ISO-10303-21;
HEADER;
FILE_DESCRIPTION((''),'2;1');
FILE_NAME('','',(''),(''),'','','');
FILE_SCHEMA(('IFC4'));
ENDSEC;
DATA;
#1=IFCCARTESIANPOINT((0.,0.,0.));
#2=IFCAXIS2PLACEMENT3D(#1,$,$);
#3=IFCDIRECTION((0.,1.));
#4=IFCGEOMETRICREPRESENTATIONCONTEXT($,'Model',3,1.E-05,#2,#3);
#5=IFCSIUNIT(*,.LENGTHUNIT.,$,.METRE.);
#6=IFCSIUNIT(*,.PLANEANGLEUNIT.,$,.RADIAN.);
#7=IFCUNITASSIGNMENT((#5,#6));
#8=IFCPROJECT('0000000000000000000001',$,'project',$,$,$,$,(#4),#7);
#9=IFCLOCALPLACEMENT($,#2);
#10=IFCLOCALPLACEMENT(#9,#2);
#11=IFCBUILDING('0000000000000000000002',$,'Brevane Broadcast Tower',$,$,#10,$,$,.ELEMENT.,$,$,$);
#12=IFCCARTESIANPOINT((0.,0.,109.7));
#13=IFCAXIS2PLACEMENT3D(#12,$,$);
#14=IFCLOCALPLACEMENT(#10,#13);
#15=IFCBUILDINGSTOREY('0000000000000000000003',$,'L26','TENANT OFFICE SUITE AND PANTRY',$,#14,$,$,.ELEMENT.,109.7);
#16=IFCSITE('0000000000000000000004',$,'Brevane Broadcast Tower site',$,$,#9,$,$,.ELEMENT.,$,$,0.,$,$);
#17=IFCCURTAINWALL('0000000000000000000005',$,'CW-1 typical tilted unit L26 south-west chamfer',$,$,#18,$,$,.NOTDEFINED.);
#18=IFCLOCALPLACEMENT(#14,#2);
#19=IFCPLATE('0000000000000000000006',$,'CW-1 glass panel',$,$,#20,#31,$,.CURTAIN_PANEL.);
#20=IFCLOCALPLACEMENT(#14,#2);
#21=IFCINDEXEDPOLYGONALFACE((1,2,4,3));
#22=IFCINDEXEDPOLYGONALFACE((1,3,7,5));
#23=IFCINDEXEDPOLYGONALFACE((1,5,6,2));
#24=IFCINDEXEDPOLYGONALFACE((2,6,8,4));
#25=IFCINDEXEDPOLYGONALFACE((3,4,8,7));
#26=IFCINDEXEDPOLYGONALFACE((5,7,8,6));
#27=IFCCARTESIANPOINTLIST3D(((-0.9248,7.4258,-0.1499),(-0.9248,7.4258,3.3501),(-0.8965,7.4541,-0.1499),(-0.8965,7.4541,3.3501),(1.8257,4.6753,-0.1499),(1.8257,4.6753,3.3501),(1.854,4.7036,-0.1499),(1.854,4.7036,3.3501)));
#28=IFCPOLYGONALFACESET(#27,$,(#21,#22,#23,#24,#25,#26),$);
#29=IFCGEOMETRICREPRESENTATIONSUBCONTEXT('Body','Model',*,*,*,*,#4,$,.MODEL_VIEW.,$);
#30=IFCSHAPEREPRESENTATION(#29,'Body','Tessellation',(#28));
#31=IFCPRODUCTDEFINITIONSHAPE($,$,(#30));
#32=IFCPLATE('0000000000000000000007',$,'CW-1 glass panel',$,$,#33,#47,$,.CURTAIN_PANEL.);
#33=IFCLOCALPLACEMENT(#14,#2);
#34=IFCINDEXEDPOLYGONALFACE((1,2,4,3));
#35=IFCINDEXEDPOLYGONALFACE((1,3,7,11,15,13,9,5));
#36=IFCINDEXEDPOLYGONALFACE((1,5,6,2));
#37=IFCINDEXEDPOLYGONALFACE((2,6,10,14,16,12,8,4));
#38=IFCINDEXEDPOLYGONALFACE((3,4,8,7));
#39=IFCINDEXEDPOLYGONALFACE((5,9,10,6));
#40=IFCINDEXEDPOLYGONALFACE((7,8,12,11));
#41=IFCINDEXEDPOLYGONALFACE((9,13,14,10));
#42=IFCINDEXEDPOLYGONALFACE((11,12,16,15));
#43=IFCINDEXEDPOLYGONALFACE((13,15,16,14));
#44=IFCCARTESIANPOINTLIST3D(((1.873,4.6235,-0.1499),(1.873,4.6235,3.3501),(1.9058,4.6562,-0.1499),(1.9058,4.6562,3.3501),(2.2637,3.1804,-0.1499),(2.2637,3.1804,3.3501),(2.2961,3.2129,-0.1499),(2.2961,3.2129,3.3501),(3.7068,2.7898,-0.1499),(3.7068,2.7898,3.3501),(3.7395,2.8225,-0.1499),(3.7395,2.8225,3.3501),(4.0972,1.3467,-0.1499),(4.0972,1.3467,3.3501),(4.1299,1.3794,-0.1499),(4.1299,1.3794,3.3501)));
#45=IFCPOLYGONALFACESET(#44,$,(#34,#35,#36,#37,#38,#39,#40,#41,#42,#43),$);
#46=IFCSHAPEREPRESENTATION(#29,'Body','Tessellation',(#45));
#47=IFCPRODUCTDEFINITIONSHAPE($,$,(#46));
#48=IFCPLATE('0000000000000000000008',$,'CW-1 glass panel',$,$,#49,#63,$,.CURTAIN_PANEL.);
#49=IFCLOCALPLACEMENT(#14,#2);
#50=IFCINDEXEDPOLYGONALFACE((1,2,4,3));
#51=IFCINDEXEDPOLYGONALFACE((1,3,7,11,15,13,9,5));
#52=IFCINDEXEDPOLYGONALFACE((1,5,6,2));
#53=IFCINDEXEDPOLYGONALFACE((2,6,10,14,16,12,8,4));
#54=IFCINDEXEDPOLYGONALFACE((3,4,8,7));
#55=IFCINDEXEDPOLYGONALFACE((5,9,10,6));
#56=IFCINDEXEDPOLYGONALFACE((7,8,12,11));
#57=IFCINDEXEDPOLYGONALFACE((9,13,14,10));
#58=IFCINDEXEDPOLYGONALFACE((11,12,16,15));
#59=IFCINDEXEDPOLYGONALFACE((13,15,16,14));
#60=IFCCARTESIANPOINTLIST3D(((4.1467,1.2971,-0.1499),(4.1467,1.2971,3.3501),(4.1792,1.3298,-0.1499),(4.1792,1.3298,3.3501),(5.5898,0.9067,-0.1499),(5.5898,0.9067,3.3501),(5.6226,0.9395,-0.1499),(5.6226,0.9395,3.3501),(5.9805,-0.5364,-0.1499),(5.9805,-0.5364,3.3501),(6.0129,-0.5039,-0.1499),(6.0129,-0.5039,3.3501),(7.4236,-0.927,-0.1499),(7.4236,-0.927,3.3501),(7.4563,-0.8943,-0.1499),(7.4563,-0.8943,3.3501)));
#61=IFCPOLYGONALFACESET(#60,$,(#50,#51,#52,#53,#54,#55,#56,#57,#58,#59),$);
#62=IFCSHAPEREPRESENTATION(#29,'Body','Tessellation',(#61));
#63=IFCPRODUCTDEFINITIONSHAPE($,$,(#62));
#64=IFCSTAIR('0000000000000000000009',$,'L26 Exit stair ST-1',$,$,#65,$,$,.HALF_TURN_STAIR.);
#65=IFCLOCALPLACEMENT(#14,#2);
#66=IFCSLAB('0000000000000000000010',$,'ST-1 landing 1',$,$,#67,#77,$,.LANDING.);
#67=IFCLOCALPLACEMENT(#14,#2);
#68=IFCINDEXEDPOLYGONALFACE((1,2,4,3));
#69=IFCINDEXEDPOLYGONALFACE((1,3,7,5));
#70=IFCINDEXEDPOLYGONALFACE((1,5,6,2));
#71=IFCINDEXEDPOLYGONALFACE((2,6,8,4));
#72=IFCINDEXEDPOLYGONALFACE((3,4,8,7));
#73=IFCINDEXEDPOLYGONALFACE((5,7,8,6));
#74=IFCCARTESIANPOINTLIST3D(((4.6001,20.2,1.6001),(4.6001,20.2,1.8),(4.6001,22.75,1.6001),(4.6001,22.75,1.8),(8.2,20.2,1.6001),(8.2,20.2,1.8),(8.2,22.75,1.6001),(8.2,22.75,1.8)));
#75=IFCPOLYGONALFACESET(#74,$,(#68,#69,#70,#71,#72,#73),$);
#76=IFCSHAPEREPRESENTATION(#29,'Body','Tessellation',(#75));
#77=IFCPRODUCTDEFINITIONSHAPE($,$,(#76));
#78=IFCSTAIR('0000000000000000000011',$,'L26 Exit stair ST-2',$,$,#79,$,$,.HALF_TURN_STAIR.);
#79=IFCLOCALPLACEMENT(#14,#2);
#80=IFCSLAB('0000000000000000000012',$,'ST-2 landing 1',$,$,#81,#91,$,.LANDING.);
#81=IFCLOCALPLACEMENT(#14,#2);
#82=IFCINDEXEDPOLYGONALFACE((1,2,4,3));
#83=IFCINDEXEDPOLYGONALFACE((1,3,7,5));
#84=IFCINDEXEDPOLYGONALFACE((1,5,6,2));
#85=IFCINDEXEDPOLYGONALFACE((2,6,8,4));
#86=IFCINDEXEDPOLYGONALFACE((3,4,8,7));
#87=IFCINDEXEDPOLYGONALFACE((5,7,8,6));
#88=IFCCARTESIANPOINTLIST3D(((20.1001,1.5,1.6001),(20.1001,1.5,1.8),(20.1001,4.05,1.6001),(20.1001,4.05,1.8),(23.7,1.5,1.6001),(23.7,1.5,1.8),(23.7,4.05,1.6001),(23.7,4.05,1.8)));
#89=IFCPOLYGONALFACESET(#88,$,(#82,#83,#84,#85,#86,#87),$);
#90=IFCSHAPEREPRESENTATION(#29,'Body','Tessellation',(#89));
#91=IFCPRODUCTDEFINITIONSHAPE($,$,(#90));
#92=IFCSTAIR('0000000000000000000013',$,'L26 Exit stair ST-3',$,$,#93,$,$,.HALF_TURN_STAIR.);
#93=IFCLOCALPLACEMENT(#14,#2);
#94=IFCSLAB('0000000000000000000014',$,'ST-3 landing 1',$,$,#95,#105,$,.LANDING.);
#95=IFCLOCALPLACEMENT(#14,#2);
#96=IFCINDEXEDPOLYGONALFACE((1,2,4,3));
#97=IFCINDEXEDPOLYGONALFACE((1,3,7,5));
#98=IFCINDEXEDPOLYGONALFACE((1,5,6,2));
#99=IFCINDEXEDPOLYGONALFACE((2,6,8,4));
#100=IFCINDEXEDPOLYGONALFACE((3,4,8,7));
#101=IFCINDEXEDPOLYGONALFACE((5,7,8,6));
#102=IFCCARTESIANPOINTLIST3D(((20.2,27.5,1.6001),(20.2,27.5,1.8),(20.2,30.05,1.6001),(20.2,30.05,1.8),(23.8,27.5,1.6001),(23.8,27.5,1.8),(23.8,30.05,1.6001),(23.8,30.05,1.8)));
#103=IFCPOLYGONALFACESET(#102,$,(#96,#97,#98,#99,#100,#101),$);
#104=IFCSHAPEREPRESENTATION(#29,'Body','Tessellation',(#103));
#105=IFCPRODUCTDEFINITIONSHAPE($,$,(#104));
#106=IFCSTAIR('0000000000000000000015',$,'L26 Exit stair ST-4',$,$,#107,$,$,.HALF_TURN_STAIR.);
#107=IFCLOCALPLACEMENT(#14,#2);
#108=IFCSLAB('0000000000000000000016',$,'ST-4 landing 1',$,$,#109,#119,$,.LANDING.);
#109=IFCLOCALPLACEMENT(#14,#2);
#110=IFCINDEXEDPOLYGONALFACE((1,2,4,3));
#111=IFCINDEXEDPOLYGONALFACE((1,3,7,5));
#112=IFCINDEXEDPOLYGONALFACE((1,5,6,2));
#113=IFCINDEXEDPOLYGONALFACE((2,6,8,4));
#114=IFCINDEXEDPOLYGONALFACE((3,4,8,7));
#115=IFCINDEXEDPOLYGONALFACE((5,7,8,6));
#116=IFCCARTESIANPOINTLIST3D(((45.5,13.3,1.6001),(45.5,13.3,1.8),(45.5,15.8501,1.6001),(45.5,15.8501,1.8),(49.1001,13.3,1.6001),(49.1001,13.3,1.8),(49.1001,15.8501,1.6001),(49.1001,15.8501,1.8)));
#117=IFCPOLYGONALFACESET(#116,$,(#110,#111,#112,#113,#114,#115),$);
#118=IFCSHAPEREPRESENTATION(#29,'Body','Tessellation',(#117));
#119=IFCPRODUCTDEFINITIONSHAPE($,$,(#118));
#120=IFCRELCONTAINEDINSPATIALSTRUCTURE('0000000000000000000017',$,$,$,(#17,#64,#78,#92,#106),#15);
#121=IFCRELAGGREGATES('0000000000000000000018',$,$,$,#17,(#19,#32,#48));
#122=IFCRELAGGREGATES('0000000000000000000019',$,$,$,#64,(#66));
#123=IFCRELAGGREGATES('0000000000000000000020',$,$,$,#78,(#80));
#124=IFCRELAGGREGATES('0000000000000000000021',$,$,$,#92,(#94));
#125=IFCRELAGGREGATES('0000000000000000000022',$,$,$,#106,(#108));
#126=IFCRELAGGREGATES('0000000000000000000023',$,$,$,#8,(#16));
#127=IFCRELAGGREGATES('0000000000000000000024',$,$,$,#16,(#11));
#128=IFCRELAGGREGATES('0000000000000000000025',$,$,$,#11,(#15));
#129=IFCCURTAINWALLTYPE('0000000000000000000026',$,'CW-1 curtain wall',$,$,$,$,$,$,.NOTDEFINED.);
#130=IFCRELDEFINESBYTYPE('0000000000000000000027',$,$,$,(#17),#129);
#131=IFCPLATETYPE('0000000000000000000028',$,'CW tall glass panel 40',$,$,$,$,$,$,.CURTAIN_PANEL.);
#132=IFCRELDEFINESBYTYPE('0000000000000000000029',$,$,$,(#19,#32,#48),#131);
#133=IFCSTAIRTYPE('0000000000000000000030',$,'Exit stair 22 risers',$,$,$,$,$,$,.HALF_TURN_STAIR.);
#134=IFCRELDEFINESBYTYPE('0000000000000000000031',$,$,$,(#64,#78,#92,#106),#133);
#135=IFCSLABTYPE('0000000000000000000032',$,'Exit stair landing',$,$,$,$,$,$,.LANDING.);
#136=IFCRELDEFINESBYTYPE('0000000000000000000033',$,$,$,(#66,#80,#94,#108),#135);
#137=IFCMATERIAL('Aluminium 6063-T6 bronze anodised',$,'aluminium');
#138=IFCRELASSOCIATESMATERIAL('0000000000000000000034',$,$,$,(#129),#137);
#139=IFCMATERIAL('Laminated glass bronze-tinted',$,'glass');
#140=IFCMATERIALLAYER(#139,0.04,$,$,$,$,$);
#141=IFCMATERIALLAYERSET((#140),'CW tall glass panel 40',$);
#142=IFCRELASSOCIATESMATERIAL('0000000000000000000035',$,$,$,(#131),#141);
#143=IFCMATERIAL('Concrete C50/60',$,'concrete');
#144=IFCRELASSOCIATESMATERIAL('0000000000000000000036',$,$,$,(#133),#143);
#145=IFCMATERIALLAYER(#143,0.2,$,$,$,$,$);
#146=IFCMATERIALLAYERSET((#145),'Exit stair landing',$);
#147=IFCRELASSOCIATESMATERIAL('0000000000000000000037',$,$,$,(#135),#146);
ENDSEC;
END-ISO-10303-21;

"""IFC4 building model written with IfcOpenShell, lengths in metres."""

from ifc_helpers import new_model, si_unit, direction, frame, origin, place, context, subcontext, project, spatial, polyline, outline, extrude, material, layer, layer_set, type_object, element, aggregate, save


model = new_model("IFC4")

# Units and contexts
model_context = context("Model", 3, precision=1e-05, world=origin(), true_north=direction((0.0, 1.0)))
body_context = subcontext(model_context, "Body", "Model", "MODEL_VIEW")
ifc_project = project(units=[si_unit("LENGTHUNIT", "METRE"), si_unit("PLANEANGLEUNIT", "RADIAN")], contexts=[model_context])

# Site, building, storey
site_placement = place(None, origin())
site = spatial("IfcSite", under=ifc_project, at=site_placement, Name="Brevane Broadcast Tower site", CompositionType="ELEMENT", RefElevation=0.0)
building_placement = place(site_placement, origin())
building = spatial("IfcBuilding", under=site, at=building_placement, Name="Brevane Broadcast Tower", CompositionType="ELEMENT")
storey_placement = place(building_placement, frame((0.0, 0.0, 109.7)))
storey = spatial("IfcBuildingStorey", under=building, at=storey_placement, Name="L26", Description="TENANT OFFICE SUITE AND PANTRY", CompositionType="ELEMENT", Elevation=109.7)

# Curtain wall, plates
ifc_material_1 = material(Name="Aluminium 6063-T6 bronze anodised", Category="aluminium")
curtain_wall_type = type_object("IfcCurtainWallType", Name="CW-1 curtain wall", PredefinedType="NOTDEFINED", material=ifc_material_1)
curtain_wall_1_placement = place(storey_placement, origin())
curtain_wall_1 = element("IfcCurtainWall", 1, at=curtain_wall_1_placement, inside=storey, type_object=curtain_wall_type, Name="CW-1 typical tilted unit L26 south-west chamfer", PredefinedType="NOTDEFINED")
ifc_material_2 = material(Name="Laminated glass bronze-tinted", Category="glass")
ifc_layer_1 = layer(ifc_material_2, 0.04)
ifc_layer_set_1 = layer_set([ifc_layer_1], Name="CW tall glass panel 40")
plate_type = type_object("IfcPlateType", Name="CW tall glass panel 40", PredefinedType="CURTAIN_PANEL", material=ifc_layer_set_1)
plate_1_placement = place(storey_placement, frame((0.0, 0.0, -0.1499)))
plate_1 = element("IfcPlate", 2, at=plate_1_placement, type_object=plate_type, Name="CW-1 glass panel", PredefinedType="CURTAIN_PANEL", context=body_context, shape_type="SweptSolid", body=[
    extrude(outline(polyline([(-0.8965, 7.4541), (1.854, 4.7036), (1.8257, 4.6753), (-0.9248, 7.4258), (-0.8965, 7.4541)])), origin(), (0.0, 0.0, 1.0), 3.5),
])
plate_2_placement = place(storey_placement, frame((0.0, 0.0, -0.1499)))
plate_2 = element("IfcPlate", 3, at=plate_2_placement, type_object=plate_type, Name="CW-1 glass panel", PredefinedType="CURTAIN_PANEL", context=body_context, shape_type="SweptSolid", body=[
    extrude(outline(polyline([(1.9058, 4.6562), (1.873, 4.6235), (2.2637, 3.1804), (3.7068, 2.7898), (4.0972, 1.3467), (4.1299, 1.3794), (3.7395, 2.8225), (2.2961, 3.2129), (1.9058, 4.6562)])), origin(), (0.0, 0.0, 1.0), 3.5),
])
plate_3_placement = place(storey_placement, frame((0.0, 0.0, -0.1499)))
plate_3 = element("IfcPlate", 4, at=plate_3_placement, type_object=plate_type, Name="CW-1 glass panel", PredefinedType="CURTAIN_PANEL", context=body_context, shape_type="SweptSolid", body=[
    extrude(outline(polyline([(4.1792, 1.3298), (4.1467, 1.2971), (5.5898, 0.9067), (5.9805, -0.5364), (7.4236, -0.927), (7.4563, -0.8943), (6.0129, -0.5039), (5.6226, 0.9395), (4.1792, 1.3298)])), origin(), (0.0, 0.0, 1.0), 3.5),
])
aggregate(curtain_wall_1, [plate_1, plate_2, plate_3])

# Stairs, slabs
ifc_material_3 = material(Name="Concrete C50/60", Category="concrete")
stair_type = type_object("IfcStairType", Name="Exit stair 22 risers", PredefinedType="HALF_TURN_STAIR", material=ifc_material_3)
stair_1_placement = place(storey_placement, origin())
stair_1 = element("IfcStair", 5, at=stair_1_placement, inside=storey, type_object=stair_type, Name="L26 Exit stair ST-1", PredefinedType="HALF_TURN_STAIR")
ifc_layer_2 = layer(ifc_material_3, 0.2)
ifc_layer_set_2 = layer_set([ifc_layer_2], Name="Exit stair landing")
slab_type_1 = type_object("IfcSlabType", Name="Exit stair landing", PredefinedType="LANDING", material=ifc_layer_set_2)
slab_1_placement = place(storey_placement, frame((0.0, 0.0, 1.6001)))
slab_1 = element("IfcSlab", 6, at=slab_1_placement, type_object=slab_type_1, Name="ST-1 landing 1", PredefinedType="LANDING", context=body_context, shape_type="SweptSolid", body=[
    extrude(outline(polyline([(4.6001, 20.2), (8.2, 20.2), (8.2, 22.75), (4.6001, 22.75), (4.6001, 20.2)])), origin(), (0.0, 0.0, 1.0), 0.2),
])
aggregate(stair_1, [slab_1])
stair_2_placement = place(storey_placement, origin())
stair_2 = element("IfcStair", 7, at=stair_2_placement, inside=storey, type_object=stair_type, Name="L26 Exit stair ST-2", PredefinedType="HALF_TURN_STAIR")
slab_2_placement = place(storey_placement, frame((0.0, 0.0, 1.6001)))
slab_2 = element("IfcSlab", 8, at=slab_2_placement, type_object=slab_type_1, Name="ST-2 landing 1", PredefinedType="LANDING", context=body_context, shape_type="SweptSolid", body=[
    extrude(outline(polyline([(20.1001, 1.5), (23.7, 1.5), (23.7, 4.05), (20.1001, 4.05), (20.1001, 1.5)])), origin(), (0.0, 0.0, 1.0), 0.2),
])
aggregate(stair_2, [slab_2])
stair_3_placement = place(storey_placement, origin())
stair_3 = element("IfcStair", 9, at=stair_3_placement, inside=storey, type_object=stair_type, Name="L26 Exit stair ST-3", PredefinedType="HALF_TURN_STAIR")
slab_3_placement = place(storey_placement, frame((0.0, 0.0, 1.6001)))
slab_3 = element("IfcSlab", 10, at=slab_3_placement, type_object=slab_type_1, Name="ST-3 landing 1", PredefinedType="LANDING", context=body_context, shape_type="SweptSolid", body=[
    extrude(outline(polyline([(20.2, 27.5), (23.8, 27.5), (23.8, 30.05), (20.2, 30.05), (20.2, 27.5)])), origin(), (0.0, 0.0, 1.0), 0.2),
])
aggregate(stair_3, [slab_3])
stair_4_placement = place(storey_placement, origin())
stair_4 = element("IfcStair", 11, at=stair_4_placement, inside=storey, type_object=stair_type, Name="L26 Exit stair ST-4", PredefinedType="HALF_TURN_STAIR")
slab_4_placement = place(storey_placement, frame((0.0, 0.0, 1.6001)))
slab_4 = element("IfcSlab", 12, at=slab_4_placement, type_object=slab_type_1, Name="ST-4 landing 1", PredefinedType="LANDING", context=body_context, shape_type="SweptSolid", body=[
    extrude(outline(polyline([(45.5, 13.3), (49.1001, 13.3), (49.1001, 15.8501), (45.5, 15.8501), (45.5, 13.3)])), origin(), (0.0, 0.0, 1.0), 0.2),
])
aggregate(stair_4, [slab_4])

save(model, "model.ifc")
